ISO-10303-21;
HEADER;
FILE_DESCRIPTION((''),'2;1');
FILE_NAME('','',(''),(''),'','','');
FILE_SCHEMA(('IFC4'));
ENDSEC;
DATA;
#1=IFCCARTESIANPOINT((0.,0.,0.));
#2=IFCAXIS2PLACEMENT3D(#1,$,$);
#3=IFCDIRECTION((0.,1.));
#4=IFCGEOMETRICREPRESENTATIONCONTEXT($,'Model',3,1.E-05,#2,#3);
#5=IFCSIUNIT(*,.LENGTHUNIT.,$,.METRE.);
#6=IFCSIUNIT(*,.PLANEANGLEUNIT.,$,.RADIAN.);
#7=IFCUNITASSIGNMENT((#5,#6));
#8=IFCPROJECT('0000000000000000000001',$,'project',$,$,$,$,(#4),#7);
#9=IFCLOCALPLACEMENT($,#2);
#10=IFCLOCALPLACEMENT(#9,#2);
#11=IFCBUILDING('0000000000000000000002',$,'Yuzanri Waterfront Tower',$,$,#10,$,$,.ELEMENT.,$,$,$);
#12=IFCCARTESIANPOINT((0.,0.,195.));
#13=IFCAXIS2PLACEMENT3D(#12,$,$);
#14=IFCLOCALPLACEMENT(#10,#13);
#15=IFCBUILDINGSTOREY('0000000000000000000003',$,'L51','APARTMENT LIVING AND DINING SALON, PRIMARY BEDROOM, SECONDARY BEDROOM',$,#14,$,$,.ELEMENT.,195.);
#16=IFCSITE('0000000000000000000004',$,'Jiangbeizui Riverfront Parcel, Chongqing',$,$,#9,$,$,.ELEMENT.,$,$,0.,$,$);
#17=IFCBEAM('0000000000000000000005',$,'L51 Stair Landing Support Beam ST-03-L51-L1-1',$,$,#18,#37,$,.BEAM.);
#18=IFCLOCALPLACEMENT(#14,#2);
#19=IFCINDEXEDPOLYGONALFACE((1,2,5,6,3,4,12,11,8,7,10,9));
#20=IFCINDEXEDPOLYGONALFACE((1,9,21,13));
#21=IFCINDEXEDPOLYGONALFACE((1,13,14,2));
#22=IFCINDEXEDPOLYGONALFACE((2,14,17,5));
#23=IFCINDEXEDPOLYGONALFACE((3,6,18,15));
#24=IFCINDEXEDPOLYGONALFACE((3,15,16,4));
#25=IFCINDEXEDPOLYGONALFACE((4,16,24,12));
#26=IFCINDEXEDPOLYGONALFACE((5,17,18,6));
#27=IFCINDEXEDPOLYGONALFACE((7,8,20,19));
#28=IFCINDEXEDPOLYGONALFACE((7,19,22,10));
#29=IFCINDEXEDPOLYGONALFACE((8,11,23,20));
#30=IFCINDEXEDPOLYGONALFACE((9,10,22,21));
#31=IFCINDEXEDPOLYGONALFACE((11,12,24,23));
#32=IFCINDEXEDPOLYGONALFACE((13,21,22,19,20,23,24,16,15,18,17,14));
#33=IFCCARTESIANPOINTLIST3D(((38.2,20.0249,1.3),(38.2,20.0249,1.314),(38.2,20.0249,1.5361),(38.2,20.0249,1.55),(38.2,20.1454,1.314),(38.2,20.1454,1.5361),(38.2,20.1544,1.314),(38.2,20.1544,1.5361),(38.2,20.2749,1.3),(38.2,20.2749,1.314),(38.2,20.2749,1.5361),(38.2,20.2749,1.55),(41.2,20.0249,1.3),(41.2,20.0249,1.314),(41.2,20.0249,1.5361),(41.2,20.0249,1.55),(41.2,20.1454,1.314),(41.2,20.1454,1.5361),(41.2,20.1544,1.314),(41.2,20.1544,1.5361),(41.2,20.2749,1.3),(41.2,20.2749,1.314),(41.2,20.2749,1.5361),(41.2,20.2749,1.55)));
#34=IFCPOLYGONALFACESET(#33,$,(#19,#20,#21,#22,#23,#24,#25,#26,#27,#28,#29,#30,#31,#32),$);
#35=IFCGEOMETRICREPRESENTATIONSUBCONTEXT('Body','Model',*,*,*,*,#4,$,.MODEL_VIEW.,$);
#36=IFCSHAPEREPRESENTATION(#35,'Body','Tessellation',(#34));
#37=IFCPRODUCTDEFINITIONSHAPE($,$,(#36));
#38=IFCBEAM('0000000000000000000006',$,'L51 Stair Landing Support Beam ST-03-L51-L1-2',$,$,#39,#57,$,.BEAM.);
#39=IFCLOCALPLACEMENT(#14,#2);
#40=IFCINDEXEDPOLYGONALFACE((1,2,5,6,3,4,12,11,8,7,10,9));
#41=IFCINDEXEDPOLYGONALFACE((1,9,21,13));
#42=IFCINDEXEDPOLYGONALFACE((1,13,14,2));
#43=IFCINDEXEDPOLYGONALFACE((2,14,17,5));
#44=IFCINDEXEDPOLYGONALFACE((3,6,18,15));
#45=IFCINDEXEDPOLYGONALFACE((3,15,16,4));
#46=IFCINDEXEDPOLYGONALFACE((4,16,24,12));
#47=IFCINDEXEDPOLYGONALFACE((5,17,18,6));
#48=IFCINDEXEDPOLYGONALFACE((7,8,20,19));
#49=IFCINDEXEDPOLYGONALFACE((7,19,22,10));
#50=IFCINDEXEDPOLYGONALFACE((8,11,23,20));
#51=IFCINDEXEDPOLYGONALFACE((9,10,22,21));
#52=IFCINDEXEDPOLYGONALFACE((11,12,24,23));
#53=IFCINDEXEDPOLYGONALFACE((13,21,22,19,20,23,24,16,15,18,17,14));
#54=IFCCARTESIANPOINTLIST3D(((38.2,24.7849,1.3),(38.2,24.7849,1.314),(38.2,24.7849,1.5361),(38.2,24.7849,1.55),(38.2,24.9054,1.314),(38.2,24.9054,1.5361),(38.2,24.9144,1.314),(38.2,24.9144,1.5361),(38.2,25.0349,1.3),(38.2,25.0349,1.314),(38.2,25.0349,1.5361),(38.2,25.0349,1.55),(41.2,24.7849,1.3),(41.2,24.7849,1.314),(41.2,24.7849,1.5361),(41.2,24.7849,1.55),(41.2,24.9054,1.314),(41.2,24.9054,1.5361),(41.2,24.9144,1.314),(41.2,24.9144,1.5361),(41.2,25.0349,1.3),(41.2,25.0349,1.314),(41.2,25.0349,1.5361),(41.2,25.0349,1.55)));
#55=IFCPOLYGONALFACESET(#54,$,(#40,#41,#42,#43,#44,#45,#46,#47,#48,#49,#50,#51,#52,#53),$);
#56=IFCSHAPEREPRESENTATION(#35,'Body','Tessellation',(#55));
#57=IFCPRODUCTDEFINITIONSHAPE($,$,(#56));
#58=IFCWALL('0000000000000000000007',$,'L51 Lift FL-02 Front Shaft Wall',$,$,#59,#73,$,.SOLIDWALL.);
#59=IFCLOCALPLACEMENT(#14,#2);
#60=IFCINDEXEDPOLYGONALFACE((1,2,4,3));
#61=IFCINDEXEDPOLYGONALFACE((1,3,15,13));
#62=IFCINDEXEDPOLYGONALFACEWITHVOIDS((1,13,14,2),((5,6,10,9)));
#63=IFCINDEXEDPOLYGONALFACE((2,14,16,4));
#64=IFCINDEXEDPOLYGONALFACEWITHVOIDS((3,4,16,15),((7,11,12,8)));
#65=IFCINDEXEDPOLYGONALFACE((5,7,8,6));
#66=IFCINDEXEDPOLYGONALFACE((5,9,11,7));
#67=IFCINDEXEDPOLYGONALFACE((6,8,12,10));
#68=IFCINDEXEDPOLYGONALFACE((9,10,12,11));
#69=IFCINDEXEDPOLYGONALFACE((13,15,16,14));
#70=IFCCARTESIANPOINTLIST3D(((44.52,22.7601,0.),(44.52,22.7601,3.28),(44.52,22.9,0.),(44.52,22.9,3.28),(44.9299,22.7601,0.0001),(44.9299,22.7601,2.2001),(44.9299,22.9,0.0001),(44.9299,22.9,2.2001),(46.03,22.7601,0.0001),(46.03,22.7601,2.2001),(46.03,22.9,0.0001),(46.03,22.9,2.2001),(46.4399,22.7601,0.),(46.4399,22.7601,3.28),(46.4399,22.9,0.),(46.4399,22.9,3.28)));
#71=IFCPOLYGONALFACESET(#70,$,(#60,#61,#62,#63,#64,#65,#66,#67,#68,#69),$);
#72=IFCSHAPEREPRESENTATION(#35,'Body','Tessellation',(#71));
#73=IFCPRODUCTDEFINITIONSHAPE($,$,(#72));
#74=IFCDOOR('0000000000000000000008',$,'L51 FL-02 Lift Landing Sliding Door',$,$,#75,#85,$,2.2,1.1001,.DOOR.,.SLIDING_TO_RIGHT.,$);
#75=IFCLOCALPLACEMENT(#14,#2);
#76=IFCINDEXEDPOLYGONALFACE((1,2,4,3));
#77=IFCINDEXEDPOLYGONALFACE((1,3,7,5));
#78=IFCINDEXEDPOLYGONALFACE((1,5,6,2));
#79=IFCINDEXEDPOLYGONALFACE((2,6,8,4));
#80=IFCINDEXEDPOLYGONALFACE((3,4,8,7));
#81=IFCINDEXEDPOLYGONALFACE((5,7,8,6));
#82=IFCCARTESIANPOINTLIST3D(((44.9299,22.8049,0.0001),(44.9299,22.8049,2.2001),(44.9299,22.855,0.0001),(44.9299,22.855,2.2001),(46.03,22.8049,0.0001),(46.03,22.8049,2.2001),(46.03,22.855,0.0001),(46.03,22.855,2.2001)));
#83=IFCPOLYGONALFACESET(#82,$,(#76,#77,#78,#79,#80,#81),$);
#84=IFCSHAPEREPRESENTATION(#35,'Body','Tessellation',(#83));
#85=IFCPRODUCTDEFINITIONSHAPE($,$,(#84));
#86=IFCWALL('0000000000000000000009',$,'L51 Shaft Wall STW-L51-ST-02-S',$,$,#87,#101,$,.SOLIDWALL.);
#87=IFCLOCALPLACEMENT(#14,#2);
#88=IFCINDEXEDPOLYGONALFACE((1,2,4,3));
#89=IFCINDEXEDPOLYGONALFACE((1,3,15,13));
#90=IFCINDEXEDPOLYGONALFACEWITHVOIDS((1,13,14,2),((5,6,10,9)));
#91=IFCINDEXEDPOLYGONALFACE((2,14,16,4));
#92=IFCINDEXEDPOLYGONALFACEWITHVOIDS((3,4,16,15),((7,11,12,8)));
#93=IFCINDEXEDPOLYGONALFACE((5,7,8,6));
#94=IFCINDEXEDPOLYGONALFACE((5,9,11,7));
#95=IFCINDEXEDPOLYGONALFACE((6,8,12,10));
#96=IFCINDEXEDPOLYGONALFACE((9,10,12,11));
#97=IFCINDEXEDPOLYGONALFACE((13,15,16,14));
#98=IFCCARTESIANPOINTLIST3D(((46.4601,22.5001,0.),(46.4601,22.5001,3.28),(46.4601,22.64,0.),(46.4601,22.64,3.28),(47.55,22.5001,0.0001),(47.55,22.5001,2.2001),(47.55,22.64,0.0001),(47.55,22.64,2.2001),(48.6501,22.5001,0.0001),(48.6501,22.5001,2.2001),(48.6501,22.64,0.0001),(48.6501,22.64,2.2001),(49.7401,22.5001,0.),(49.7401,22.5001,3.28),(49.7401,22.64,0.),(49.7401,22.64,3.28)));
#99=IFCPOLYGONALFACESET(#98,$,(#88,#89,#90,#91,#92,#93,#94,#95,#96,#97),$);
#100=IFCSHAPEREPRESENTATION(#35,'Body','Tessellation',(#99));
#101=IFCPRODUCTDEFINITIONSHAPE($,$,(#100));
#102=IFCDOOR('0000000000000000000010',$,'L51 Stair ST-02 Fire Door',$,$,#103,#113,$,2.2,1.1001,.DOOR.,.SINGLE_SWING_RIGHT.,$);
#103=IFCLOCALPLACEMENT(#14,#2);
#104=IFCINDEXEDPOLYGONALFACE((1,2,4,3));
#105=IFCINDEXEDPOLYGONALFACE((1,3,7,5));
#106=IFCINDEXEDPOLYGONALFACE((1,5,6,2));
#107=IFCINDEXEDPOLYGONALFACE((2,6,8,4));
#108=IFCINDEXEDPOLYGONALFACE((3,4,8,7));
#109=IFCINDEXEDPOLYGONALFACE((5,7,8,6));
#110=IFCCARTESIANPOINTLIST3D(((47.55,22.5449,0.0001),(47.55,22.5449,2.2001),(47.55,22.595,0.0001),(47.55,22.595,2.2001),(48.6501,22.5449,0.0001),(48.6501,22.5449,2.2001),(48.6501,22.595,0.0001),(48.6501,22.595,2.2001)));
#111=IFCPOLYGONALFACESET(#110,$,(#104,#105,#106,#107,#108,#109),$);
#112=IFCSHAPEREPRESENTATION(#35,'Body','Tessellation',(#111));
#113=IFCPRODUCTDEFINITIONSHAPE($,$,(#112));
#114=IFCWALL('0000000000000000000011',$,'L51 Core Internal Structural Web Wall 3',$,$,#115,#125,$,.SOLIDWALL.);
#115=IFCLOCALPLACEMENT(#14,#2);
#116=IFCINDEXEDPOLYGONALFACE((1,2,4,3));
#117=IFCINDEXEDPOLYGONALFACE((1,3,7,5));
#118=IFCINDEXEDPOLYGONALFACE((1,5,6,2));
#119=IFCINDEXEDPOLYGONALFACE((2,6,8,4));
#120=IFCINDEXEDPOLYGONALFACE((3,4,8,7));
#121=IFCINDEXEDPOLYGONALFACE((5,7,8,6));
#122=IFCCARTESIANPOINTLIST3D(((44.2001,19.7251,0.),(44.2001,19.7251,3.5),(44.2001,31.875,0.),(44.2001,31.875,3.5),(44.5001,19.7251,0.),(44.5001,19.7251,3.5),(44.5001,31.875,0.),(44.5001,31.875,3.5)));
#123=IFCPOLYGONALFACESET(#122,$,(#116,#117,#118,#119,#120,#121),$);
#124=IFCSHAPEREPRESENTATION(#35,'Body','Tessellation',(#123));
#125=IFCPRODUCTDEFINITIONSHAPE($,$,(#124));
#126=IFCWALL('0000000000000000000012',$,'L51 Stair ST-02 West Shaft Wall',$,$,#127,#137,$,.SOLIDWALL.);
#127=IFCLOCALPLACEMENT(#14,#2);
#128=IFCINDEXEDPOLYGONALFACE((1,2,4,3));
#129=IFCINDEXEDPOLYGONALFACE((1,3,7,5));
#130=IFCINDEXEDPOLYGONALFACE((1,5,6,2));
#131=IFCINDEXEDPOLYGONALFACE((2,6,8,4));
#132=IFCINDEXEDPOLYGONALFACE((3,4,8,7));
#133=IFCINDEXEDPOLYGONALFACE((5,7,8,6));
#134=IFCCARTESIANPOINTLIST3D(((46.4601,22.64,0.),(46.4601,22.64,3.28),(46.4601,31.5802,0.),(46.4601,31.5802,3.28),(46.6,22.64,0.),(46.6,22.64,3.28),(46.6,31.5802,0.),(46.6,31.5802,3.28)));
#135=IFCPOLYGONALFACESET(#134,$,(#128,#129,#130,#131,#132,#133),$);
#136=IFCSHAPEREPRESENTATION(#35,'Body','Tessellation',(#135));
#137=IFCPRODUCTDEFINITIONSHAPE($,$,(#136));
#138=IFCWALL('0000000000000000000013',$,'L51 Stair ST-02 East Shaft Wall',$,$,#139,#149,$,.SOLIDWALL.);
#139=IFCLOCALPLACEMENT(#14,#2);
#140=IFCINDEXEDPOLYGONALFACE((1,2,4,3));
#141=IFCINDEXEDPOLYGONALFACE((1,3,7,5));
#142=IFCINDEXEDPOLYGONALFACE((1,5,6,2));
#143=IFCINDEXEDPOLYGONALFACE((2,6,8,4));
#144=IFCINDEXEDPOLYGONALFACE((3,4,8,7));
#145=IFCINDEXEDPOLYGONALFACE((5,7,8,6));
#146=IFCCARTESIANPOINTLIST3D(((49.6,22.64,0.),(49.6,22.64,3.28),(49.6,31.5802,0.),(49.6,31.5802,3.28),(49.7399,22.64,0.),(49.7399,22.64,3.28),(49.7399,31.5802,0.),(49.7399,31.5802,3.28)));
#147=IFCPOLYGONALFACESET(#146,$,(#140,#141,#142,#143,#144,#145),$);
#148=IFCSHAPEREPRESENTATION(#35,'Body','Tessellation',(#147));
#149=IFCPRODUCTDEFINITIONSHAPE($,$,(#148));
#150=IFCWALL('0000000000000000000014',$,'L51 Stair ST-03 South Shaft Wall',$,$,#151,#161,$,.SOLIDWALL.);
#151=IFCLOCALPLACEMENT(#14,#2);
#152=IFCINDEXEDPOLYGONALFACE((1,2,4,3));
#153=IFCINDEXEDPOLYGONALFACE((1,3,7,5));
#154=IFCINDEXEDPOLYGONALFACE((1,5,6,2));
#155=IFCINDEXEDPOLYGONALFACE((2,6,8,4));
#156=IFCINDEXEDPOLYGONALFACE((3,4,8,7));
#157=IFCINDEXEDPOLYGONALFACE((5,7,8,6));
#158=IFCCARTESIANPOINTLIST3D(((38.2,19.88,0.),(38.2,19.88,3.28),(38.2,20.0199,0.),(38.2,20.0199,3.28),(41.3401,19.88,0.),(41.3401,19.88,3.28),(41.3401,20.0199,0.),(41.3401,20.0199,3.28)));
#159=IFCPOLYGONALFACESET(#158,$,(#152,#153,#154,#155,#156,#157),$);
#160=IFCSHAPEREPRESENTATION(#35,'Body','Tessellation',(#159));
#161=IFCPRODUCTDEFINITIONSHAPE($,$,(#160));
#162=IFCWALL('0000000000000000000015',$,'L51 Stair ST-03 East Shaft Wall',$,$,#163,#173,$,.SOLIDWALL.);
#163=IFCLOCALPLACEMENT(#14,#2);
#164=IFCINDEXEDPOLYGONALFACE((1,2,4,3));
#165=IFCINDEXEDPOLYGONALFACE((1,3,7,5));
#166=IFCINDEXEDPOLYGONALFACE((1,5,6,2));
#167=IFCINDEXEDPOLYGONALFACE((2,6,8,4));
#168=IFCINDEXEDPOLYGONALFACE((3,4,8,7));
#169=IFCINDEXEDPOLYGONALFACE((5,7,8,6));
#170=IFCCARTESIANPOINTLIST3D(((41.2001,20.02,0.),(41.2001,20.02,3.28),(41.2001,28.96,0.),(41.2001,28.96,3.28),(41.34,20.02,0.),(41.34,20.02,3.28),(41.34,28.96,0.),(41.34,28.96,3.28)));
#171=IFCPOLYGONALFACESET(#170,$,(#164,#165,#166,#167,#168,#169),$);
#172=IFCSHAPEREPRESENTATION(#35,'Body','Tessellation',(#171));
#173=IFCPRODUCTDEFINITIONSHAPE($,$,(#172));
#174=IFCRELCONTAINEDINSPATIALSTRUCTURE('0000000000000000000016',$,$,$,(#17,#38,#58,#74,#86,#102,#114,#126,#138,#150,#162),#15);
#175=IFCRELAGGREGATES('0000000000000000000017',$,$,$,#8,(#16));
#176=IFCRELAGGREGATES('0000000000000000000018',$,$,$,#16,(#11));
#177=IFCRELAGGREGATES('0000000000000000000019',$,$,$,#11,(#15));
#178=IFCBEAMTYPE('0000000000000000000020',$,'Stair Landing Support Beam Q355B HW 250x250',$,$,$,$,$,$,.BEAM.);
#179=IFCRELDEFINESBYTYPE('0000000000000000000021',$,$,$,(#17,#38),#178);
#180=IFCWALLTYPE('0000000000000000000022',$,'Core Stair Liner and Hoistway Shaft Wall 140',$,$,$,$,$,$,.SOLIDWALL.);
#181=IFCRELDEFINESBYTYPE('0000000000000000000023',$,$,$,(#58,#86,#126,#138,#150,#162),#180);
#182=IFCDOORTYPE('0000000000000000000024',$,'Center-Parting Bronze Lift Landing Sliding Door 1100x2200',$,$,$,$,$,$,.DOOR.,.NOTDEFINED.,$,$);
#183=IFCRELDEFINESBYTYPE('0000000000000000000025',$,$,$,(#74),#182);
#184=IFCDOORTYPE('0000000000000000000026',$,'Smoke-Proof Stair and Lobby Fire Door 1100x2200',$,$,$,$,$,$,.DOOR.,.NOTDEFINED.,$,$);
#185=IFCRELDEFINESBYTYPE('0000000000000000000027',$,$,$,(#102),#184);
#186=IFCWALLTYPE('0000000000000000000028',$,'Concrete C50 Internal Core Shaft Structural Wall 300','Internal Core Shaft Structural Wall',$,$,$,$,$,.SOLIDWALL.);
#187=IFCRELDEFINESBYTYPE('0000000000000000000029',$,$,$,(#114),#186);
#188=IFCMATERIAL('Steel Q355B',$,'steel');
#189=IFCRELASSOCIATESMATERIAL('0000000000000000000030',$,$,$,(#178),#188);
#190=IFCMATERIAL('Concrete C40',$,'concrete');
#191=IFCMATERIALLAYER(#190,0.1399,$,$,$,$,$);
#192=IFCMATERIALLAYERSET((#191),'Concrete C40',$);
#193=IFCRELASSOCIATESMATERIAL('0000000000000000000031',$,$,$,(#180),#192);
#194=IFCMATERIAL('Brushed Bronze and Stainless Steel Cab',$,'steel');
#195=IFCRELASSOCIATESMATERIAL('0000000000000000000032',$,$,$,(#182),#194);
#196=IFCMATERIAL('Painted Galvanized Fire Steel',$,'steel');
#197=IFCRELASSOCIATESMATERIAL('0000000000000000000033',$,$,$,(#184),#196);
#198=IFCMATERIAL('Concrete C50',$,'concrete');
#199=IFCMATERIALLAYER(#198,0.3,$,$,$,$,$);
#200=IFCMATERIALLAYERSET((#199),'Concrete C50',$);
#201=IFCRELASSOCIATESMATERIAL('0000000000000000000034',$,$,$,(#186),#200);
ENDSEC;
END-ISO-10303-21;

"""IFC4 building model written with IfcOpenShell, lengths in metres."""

from ifc_helpers import new_model, si_unit, direction, frame, frame_2d, origin, origin_2d, place, context, subcontext, project, spatial, rectangle, i_section, extrude, source, transform, mapped, material, layer, layer_set, material_profile, profile_set, type_object, element, fill, save


model = new_model("IFC4")

# Units and contexts
model_context = context("Model", 3, precision=1e-05, world=origin(), true_north=direction((0.0, 1.0)))
body_context = subcontext(model_context, "Body", "Model", "MODEL_VIEW")
ifc_project = project(units=[si_unit("LENGTHUNIT", "METRE"), si_unit("PLANEANGLEUNIT", "RADIAN")], contexts=[model_context])

# Site, building, storey
site_placement = place(None, origin())
site = spatial("IfcSite", under=ifc_project, at=site_placement, Name="Jiangbeizui Riverfront Parcel, Chongqing", CompositionType="ELEMENT", RefElevation=0.0)
building_placement = place(site_placement, origin())
building = spatial("IfcBuilding", under=site, at=building_placement, Name="Yuzanri Waterfront Tower", CompositionType="ELEMENT")
storey_placement = place(building_placement, frame((0.0, 0.0, 195.0)))
storey = spatial("IfcBuildingStorey", under=building, at=storey_placement, Name="L51", Description="APARTMENT LIVING AND DINING SALON, PRIMARY BEDROOM, SECONDARY BEDROOM", CompositionType="ELEMENT", Elevation=195.0)

# Beams
ifc_material_1 = material(Name="Steel Q355B", Category="steel")
ifc_material_profile = material_profile(ifc_material_1, i_section(OverallWidth=0.25, OverallDepth=0.25, WebThickness=0.009, FlangeThickness=0.0139, at=origin_2d()), Name="HW 250x250x9x14")
ifc_profile_set = profile_set([ifc_material_profile], Name="Steel Q355B")
beam_type = type_object("IfcBeamType", Name="Stair Landing Support Beam Q355B HW 250x250", PredefinedType="BEAM", material=ifc_profile_set)
shared_shape_1 = source(origin(), body_context, "Body", "SweptSolid", [
    extrude(i_section(OverallWidth=0.25, OverallDepth=0.25, WebThickness=0.009, FlangeThickness=0.0139, at=origin_2d()), origin(), (0.0, 0.0, 1.0), 3.0),
])
for number, where, z_axis, x_axis, name in (
    (1, (38.2, 20.1499, 1.425), (1.0, 0.0, 0.0), (0.0, 1.0, 0.0), "L51 Stair Landing Support Beam ST-03-L51-L1-1"),
    (2, (38.2, 24.9099, 1.425), (1.0, 0.0, 0.0), (0.0, 1.0, 0.0), "L51 Stair Landing Support Beam ST-03-L51-L1-2"),
):
    element("IfcBeam", number, at=place(storey_placement, frame(where, z_axis=z_axis, x_axis=x_axis)), inside=storey, type_object=beam_type, Name=name, PredefinedType="BEAM", context=body_context, shape_type="MappedRepresentation", body=[
        mapped(shared_shape_1, transform((0.0, 0.0, 0.0), scale=1.0)),
    ])

# Walls, openings, doors
ifc_material_2 = material(Name="Concrete C40", Category="concrete")
ifc_layer_1 = layer(ifc_material_2, 0.1399)
ifc_layer_set_1 = layer_set([ifc_layer_1], Name="Concrete C40")
wall_type_1 = type_object("IfcWallType", Name="Core Stair Liner and Hoistway Shaft Wall 140", PredefinedType="SOLIDWALL", material=ifc_layer_set_1)
wall_1_placement = place(storey_placement, frame((44.52, 22.8301, 0.0), z_axis=(0.0, 0.0, 1.0), x_axis=(1.0, 0.0, 0.0)))
wall_1 = element("IfcWall", 3, at=wall_1_placement, inside=storey, type_object=wall_type_1, Name="L51 Lift FL-02 Front Shaft Wall", PredefinedType="SOLIDWALL", context=body_context, shape_type="SweptSolid", body=[
    extrude(rectangle(XDim=1.9199, YDim=0.1399, at=frame_2d((0.96, 0.0))), origin(), (0.0, 0.0, 1.0), 3.28),
])
opening_1_placement = place(wall_1_placement, frame((0.4099, 0.0, 0.0)))
opening_1 = element("IfcOpeningElement", 4, at=opening_1_placement, cuts=wall_1, PredefinedType="OPENING", context=body_context, shape_type="SweptSolid", body=[
    extrude(rectangle(XDim=1.1001, YDim=2.2, at=frame_2d((0.55, 1.1001))), frame((0.0, 0.085, 0.0), z_axis=(0.0, -1.0, 0.0), x_axis=(1.0, 0.0, 0.0)), (0.0, 0.0, 1.0), 0.1697),
])
ifc_material_3 = material(Name="Brushed Bronze and Stainless Steel Cab", Category="steel")
door_type_1 = type_object("IfcDoorType", Name="Center-Parting Bronze Lift Landing Sliding Door 1100x2200", OperationType="NOTDEFINED", PredefinedType="DOOR", material=ifc_material_3)
shared_shape_2 = source(origin(), body_context, "Body", "SweptSolid", [
    extrude(rectangle(XDim=1.1001, YDim=2.2, at=frame_2d((0.55, 1.1001))), frame((0.0, 0.0249, 0.0), z_axis=(0.0, -1.0, 0.0), x_axis=(1.0, 0.0, 0.0)), (0.0, 0.0, 1.0), 0.05),
])
door_1_placement = place(opening_1_placement, origin())
door_1 = element("IfcDoor", 5, at=door_1_placement, inside=storey, type_object=door_type_1, Name="L51 FL-02 Lift Landing Sliding Door", OperationType="SLIDING_TO_RIGHT", OverallHeight=2.2, OverallWidth=1.1001, PredefinedType="DOOR", context=body_context, shape_type="MappedRepresentation", body=[
    mapped(shared_shape_2, transform((0.0, 0.0, 0.0), scale=1.0)),
])
fill(opening_1, door_1)
wall_2_placement = place(storey_placement, frame((46.46, 22.5701, 0.0), z_axis=(0.0, 0.0, 1.0), x_axis=(1.0, 0.0, 0.0)))
wall_2 = element("IfcWall", 6, at=wall_2_placement, inside=storey, type_object=wall_type_1, Name="L51 Shaft Wall STW-L51-ST-02-S", PredefinedType="SOLIDWALL", context=body_context, shape_type="SweptSolid", body=[
    extrude(rectangle(XDim=3.28, YDim=0.1399, at=frame_2d((1.6401, 0.0))), origin(), (0.0, 0.0, 1.0), 3.28),
])
opening_2_placement = place(wall_2_placement, frame((1.0901, 0.0, 0.0)))
opening_2 = element("IfcOpeningElement", 7, at=opening_2_placement, cuts=wall_2, PredefinedType="OPENING", context=body_context, shape_type="SweptSolid", body=[
    extrude(rectangle(XDim=1.1001, YDim=2.2, at=frame_2d((0.55, 1.1001))), frame((0.0, 0.085, 0.0), z_axis=(0.0, -1.0, 0.0), x_axis=(1.0, 0.0, 0.0)), (0.0, 0.0, 1.0), 0.1697),
])
ifc_material_4 = material(Name="Painted Galvanized Fire Steel", Category="steel")
door_type_2 = type_object("IfcDoorType", Name="Smoke-Proof Stair and Lobby Fire Door 1100x2200", OperationType="NOTDEFINED", PredefinedType="DOOR", material=ifc_material_4)
shared_shape_3 = source(origin(), body_context, "Body", "SweptSolid", [
    extrude(rectangle(XDim=1.1001, YDim=2.2, at=frame_2d((0.55, 1.1001))), frame((0.0, 0.0249, 0.0), z_axis=(0.0, -1.0, 0.0), x_axis=(1.0, 0.0, 0.0)), (0.0, 0.0, 1.0), 0.05),
])
door_2_placement = place(opening_2_placement, origin())
door_2 = element("IfcDoor", 8, at=door_2_placement, inside=storey, type_object=door_type_2, Name="L51 Stair ST-02 Fire Door", OperationType="SINGLE_SWING_RIGHT", OverallHeight=2.2, OverallWidth=1.1001, PredefinedType="DOOR", context=body_context, shape_type="MappedRepresentation", body=[
    mapped(shared_shape_3, transform((0.0, 0.0, 0.0), scale=1.0)),
])
fill(opening_2, door_2)

# Walls
ifc_material_5 = material(Name="Concrete C50", Category="concrete")
ifc_layer_2 = layer(ifc_material_5, 0.3)
ifc_layer_set_2 = layer_set([ifc_layer_2], Name="Concrete C50")
wall_type_2 = type_object("IfcWallType", Name="Concrete C50 Internal Core Shaft Structural Wall 300", Description="Internal Core Shaft Structural Wall", PredefinedType="SOLIDWALL", material=ifc_layer_set_2)
shared_shape_4 = source(origin(), body_context, "Body", "SweptSolid", [
    extrude(rectangle(XDim=12.1499, YDim=0.3, at=frame_2d((6.075, 0.0))), origin(), (0.0, 0.0, 1.0), 3.5),
])
wall_3_placement = place(storey_placement, frame((44.3501, 19.7251, 0.0), z_axis=(0.0, 0.0, 1.0), x_axis=(0.0, 1.0, 0.0)))
element("IfcWall", 9, at=wall_3_placement, inside=storey, type_object=wall_type_2, Name="L51 Core Internal Structural Web Wall 3", PredefinedType="SOLIDWALL", context=body_context, shape_type="MappedRepresentation", body=[
    mapped(shared_shape_4, transform((0.0, 0.0, 0.0), scale=1.0)),
])
shared_shape_5 = source(origin(), body_context, "Body", "SweptSolid", [
    extrude(rectangle(XDim=8.9402, YDim=0.1399, at=frame_2d((4.4702, 0.0))), origin(), (0.0, 0.0, 1.0), 3.28),
])
for number, where, z_axis, x_axis, name in (
    (10, (46.53, 22.6399, 0.0), (0.0, 0.0, 1.0), (0.0, 1.0, 0.0), "L51 Stair ST-02 West Shaft Wall"),
    (11, (49.6699, 22.6399, 0.0), (0.0, 0.0, 1.0), (0.0, 1.0, 0.0), "L51 Stair ST-02 East Shaft Wall"),
):
    element("IfcWall", number, at=place(storey_placement, frame(where, z_axis=z_axis, x_axis=x_axis)), inside=storey, type_object=wall_type_1, Name=name, PredefinedType="SOLIDWALL", context=body_context, shape_type="MappedRepresentation", body=[
        mapped(shared_shape_5, transform((0.0, 0.0, 0.0), scale=1.0)),
    ])
shared_shape_6 = source(origin(), body_context, "Body", "SweptSolid", [
    extrude(rectangle(XDim=3.1401, YDim=0.1399, at=frame_2d((1.5701, 0.0))), origin(), (0.0, 0.0, 1.0), 3.28),
])
wall_4_placement = place(storey_placement, frame((38.2, 19.95, 0.0), z_axis=(0.0, 0.0, 1.0), x_axis=(1.0, 0.0, 0.0)))
element("IfcWall", 12, at=wall_4_placement, inside=storey, type_object=wall_type_1, Name="L51 Stair ST-03 South Shaft Wall", PredefinedType="SOLIDWALL", context=body_context, shape_type="MappedRepresentation", body=[
    mapped(shared_shape_6, transform((0.0, 0.0, 0.0), scale=1.0)),
])
shared_shape_7 = source(origin(), body_context, "Body", "SweptSolid", [
    extrude(rectangle(XDim=8.9399, YDim=0.1399, at=frame_2d((4.47, 0.0))), origin(), (0.0, 0.0, 1.0), 3.28),
])
wall_5_placement = place(storey_placement, frame((41.27, 20.02, 0.0), z_axis=(0.0, 0.0, 1.0), x_axis=(0.0, 1.0, 0.0)))
element("IfcWall", 13, at=wall_5_placement, inside=storey, type_object=wall_type_1, Name="L51 Stair ST-03 East Shaft Wall", PredefinedType="SOLIDWALL", context=body_context, shape_type="MappedRepresentation", body=[
    mapped(shared_shape_7, transform((0.0, 0.0, 0.0), scale=1.0)),
])

save(model, "model.ifc")
